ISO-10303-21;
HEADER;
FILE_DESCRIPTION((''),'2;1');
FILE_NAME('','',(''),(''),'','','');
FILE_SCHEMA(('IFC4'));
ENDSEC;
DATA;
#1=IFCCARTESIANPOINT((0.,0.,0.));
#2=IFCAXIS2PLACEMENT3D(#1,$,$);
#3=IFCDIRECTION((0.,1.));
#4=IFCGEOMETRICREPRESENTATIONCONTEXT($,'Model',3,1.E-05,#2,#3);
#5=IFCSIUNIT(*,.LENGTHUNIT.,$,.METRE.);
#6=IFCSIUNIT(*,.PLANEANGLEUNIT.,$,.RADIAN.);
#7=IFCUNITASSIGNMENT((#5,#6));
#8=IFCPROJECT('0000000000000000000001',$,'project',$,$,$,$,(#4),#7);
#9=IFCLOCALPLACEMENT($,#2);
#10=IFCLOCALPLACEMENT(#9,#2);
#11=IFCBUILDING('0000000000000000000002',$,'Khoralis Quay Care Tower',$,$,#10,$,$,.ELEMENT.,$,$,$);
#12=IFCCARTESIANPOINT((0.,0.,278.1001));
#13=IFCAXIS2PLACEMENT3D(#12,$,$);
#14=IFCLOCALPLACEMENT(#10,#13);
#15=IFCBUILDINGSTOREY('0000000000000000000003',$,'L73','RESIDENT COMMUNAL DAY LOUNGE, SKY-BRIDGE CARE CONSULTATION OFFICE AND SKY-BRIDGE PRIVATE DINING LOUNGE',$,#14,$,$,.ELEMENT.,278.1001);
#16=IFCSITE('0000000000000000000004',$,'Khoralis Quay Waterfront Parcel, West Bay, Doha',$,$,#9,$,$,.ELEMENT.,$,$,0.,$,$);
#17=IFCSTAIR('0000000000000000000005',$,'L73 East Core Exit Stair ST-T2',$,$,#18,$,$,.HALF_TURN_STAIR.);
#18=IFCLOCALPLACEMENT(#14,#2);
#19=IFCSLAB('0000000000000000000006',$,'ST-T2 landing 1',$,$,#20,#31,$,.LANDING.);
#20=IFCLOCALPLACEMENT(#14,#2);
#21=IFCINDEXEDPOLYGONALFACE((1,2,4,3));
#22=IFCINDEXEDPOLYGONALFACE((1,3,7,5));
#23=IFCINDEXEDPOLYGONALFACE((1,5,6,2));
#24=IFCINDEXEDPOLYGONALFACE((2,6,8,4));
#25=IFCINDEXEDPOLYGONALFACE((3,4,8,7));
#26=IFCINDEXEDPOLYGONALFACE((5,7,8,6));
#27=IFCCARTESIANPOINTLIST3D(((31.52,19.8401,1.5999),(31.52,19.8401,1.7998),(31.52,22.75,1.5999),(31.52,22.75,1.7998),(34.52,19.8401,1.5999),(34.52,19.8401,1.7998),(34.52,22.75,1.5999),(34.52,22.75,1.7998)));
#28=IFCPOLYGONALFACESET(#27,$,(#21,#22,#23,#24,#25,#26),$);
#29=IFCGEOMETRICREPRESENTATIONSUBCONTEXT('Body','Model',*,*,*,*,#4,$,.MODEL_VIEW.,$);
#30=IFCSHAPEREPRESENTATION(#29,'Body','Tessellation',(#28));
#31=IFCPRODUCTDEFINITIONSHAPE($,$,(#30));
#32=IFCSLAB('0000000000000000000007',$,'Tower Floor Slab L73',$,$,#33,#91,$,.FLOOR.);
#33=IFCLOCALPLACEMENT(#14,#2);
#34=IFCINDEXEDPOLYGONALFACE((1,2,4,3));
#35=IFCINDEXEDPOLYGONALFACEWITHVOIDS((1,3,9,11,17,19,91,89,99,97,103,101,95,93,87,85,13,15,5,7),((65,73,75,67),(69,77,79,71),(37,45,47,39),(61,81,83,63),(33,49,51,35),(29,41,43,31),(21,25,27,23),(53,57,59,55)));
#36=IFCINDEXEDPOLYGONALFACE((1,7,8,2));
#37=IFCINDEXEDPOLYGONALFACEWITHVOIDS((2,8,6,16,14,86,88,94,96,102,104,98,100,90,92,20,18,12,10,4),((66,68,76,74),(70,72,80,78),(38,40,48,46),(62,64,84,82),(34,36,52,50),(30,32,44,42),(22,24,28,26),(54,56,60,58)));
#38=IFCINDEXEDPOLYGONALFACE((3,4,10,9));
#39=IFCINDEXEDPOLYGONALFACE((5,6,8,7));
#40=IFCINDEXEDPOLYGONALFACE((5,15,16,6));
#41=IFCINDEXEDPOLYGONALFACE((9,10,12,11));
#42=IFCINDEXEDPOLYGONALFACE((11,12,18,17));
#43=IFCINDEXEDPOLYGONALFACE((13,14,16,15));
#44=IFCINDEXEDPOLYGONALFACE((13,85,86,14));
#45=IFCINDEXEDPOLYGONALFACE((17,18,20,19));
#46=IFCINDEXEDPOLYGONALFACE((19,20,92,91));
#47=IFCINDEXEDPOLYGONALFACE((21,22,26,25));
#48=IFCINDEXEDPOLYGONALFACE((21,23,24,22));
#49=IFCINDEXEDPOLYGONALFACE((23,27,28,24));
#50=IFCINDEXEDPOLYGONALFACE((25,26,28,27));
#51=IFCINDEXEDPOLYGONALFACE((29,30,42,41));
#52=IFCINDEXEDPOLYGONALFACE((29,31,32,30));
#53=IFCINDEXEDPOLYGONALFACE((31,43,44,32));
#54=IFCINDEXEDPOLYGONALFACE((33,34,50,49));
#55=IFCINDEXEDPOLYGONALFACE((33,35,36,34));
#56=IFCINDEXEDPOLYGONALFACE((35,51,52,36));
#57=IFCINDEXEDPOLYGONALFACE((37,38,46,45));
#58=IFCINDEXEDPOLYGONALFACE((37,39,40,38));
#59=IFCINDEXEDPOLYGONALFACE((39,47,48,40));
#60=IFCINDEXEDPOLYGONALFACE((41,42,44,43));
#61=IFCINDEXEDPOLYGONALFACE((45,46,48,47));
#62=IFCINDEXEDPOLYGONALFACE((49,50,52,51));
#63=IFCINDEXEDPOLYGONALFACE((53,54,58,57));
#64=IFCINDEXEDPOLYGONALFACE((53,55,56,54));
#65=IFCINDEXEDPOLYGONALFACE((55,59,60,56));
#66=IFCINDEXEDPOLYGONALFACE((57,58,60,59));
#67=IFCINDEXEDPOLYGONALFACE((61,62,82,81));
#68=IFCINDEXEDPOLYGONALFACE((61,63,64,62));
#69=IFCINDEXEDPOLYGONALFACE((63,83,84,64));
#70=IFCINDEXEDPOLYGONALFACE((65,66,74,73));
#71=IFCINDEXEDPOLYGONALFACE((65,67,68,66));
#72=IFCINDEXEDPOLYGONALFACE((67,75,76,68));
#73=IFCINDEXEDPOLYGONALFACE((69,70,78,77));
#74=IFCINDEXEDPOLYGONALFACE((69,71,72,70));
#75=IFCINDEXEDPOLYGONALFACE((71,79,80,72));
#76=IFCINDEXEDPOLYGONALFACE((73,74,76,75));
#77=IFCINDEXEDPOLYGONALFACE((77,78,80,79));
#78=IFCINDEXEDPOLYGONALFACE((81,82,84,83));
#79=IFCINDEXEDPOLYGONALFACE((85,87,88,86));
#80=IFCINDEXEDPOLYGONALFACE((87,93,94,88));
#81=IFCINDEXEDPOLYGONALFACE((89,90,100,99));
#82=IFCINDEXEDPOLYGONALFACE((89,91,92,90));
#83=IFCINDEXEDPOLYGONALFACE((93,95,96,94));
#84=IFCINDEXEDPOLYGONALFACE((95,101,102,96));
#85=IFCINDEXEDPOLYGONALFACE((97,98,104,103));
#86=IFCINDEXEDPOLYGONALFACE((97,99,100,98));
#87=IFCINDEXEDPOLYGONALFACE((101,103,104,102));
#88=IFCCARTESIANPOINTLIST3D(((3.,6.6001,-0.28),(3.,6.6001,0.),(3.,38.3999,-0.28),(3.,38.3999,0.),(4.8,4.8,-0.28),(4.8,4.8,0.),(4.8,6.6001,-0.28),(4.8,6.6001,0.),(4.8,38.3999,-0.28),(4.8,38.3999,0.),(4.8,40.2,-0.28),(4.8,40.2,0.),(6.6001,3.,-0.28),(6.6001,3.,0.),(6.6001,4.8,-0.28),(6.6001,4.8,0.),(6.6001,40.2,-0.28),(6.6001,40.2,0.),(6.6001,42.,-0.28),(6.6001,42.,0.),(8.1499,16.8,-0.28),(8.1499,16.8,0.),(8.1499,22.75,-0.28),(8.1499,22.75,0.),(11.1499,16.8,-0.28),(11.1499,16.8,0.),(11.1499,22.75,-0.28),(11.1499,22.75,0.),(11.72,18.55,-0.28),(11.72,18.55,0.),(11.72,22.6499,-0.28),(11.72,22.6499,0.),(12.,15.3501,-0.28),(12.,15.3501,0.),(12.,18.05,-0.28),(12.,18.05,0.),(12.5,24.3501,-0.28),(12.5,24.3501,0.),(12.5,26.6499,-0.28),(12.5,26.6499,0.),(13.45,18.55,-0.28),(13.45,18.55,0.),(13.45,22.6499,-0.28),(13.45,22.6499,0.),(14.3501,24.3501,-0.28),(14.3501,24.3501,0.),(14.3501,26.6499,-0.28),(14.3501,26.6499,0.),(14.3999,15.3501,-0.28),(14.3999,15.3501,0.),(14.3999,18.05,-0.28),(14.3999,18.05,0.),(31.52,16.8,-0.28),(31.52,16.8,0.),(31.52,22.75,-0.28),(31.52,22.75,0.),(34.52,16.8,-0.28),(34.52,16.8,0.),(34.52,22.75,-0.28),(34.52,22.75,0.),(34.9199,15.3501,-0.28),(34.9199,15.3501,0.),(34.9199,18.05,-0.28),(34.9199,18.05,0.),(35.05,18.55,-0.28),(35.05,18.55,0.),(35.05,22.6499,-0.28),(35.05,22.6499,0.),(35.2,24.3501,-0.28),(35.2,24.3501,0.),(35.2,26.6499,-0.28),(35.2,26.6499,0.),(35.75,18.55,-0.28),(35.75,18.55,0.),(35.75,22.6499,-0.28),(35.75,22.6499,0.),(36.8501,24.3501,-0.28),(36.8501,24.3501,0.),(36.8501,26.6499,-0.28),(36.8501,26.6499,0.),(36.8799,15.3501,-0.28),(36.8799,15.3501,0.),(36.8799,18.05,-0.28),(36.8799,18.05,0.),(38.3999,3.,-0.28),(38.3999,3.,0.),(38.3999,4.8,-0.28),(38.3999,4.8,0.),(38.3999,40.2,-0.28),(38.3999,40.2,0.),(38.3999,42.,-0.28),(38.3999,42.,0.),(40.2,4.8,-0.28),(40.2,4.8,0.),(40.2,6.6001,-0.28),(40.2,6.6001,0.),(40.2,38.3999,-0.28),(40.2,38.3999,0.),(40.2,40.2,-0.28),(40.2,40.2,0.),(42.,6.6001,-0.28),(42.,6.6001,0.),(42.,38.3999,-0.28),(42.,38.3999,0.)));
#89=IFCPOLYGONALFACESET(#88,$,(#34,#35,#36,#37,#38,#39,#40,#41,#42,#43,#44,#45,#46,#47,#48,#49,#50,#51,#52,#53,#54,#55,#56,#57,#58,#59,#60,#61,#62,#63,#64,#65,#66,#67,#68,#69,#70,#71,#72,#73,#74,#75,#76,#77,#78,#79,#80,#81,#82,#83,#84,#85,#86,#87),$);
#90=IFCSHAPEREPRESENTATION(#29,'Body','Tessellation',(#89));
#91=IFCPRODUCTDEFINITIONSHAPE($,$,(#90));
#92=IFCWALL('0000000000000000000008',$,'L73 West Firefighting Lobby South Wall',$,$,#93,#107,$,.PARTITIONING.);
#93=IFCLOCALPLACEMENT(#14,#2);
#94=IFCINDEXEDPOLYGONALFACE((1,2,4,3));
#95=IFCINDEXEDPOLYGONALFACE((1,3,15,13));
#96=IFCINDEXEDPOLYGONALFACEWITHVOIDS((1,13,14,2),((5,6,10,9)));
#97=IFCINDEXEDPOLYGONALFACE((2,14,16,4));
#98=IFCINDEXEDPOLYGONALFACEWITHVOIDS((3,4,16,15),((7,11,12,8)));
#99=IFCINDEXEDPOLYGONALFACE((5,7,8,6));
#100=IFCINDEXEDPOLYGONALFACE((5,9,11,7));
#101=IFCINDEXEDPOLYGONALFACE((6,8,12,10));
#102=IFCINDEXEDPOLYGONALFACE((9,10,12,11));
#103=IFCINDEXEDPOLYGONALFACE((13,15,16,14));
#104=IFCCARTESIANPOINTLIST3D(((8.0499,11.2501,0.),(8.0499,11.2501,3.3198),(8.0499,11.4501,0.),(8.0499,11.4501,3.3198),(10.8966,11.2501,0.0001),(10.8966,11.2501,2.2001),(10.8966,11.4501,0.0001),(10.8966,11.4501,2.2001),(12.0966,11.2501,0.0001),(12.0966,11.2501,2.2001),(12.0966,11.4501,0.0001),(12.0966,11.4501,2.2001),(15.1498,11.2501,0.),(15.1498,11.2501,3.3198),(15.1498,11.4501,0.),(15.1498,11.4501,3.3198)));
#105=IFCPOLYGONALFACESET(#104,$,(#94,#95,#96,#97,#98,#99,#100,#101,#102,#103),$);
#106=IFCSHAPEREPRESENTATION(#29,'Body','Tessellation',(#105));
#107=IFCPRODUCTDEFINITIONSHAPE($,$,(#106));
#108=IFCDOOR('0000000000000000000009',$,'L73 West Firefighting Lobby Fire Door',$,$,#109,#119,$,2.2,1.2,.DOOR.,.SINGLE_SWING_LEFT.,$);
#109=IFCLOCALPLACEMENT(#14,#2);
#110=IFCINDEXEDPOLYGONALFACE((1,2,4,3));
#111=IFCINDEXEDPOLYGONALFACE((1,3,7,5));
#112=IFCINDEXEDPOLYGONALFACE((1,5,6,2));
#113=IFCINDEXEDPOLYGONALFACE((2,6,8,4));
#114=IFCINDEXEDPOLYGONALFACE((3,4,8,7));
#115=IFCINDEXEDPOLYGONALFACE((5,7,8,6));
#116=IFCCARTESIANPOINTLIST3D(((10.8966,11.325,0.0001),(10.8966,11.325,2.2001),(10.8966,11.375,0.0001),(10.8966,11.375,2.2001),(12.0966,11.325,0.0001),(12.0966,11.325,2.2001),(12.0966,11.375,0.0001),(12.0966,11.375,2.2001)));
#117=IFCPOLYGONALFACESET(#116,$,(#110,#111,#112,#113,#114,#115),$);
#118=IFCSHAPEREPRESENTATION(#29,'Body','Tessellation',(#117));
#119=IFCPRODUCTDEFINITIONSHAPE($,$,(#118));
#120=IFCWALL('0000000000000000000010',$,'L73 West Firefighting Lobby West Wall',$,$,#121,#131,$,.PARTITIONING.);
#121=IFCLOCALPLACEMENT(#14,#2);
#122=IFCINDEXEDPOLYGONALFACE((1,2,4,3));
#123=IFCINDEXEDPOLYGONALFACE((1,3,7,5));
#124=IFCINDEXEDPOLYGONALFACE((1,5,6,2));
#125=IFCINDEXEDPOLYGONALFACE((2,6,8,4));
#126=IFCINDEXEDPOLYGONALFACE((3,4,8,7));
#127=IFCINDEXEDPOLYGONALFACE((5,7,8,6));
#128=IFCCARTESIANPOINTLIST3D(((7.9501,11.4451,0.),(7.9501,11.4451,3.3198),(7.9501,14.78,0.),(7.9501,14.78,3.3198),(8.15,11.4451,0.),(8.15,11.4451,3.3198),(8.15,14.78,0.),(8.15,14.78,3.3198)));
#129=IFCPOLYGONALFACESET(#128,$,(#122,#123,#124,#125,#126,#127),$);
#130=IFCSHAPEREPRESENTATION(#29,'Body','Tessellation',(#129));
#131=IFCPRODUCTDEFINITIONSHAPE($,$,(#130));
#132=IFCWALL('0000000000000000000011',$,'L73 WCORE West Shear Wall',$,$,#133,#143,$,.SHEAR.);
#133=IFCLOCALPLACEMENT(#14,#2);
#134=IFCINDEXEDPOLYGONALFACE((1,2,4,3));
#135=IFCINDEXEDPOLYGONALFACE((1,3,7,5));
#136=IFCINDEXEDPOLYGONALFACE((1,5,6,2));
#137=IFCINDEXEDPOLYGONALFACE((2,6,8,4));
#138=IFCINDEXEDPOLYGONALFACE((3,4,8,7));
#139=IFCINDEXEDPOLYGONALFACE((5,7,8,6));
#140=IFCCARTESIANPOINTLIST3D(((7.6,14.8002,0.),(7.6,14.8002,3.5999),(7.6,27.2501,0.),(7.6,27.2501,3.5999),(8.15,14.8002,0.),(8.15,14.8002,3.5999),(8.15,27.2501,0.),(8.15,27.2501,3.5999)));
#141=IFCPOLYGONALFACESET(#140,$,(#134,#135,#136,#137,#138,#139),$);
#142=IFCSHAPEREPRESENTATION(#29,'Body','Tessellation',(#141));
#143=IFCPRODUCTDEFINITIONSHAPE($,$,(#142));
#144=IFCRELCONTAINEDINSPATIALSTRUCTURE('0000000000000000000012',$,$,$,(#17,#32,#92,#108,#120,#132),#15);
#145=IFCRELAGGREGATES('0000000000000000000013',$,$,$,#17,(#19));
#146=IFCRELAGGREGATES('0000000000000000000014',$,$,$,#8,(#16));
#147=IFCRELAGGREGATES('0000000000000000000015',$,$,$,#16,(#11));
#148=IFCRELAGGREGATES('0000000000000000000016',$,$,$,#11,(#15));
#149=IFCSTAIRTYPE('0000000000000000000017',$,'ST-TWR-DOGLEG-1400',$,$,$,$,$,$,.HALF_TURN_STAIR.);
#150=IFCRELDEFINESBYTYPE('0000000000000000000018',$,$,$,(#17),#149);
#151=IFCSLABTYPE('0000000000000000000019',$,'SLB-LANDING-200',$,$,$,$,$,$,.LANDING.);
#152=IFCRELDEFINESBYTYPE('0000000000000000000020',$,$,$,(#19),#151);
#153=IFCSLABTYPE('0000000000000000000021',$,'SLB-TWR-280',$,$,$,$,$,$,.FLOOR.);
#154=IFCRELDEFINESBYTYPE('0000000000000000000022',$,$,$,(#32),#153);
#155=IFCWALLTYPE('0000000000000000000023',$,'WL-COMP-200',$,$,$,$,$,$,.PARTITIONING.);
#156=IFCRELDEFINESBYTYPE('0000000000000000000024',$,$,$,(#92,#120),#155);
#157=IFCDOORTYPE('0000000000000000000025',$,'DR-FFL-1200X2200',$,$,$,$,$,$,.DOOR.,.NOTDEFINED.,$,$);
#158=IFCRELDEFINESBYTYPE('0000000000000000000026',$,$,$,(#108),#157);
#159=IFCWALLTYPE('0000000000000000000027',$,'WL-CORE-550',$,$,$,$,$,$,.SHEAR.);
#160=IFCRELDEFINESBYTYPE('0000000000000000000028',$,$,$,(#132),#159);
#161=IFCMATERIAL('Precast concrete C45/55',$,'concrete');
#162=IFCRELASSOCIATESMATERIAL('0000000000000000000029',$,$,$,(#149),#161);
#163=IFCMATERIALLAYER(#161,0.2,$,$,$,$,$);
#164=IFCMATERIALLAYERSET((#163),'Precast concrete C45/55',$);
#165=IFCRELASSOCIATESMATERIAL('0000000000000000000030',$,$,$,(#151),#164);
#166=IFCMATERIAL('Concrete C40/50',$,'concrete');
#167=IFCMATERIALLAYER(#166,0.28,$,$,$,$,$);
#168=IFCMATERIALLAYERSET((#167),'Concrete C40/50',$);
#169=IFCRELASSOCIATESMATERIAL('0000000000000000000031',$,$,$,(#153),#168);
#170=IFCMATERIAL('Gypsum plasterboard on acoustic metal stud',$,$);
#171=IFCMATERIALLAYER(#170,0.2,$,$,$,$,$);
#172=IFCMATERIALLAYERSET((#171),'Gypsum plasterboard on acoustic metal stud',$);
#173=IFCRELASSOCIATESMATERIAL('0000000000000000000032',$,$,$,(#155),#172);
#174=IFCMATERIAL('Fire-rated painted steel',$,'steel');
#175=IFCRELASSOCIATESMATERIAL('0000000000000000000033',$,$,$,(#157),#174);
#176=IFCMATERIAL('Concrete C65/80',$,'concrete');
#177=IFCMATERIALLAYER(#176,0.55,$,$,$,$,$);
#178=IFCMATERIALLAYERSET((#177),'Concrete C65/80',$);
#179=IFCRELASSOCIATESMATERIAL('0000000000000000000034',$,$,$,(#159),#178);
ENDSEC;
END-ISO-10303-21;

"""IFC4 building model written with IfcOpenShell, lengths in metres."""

from ifc_helpers import new_model, si_unit, direction, frame, frame_2d, origin, place, context, subcontext, project, spatial, polyline, rectangle, outline, extrude, source, transform, mapped, material, layer, layer_set, type_object, element, fill, aggregate, save


model = new_model("IFC4")

# Units and contexts
model_context = context("Model", 3, precision=1e-05, world=origin(), true_north=direction((0.0, 1.0)))
body_context = subcontext(model_context, "Body", "Model", "MODEL_VIEW")
ifc_project = project(units=[si_unit("LENGTHUNIT", "METRE"), si_unit("PLANEANGLEUNIT", "RADIAN")], contexts=[model_context])

# Site, building, storey
site_placement = place(None, origin())
site = spatial("IfcSite", under=ifc_project, at=site_placement, Name="Khoralis Quay Waterfront Parcel, West Bay, Doha", CompositionType="ELEMENT", RefElevation=0.0)
building_placement = place(site_placement, origin())
building = spatial("IfcBuilding", under=site, at=building_placement, Name="Khoralis Quay Care Tower", CompositionType="ELEMENT")
storey_placement = place(building_placement, frame((0.0, 0.0, 278.1001)))
storey = spatial("IfcBuildingStorey", under=building, at=storey_placement, Name="L73", Description="RESIDENT COMMUNAL DAY LOUNGE, SKY-BRIDGE CARE CONSULTATION OFFICE AND SKY-BRIDGE PRIVATE DINING LOUNGE", CompositionType="ELEMENT", Elevation=278.1001)

# Stair, slab
ifc_material_1 = material(Name="Precast concrete C45/55", Category="concrete")
stair_type = type_object("IfcStairType", Name="ST-TWR-DOGLEG-1400", PredefinedType="HALF_TURN_STAIR", material=ifc_material_1)
ifc_layer_1 = layer(ifc_material_1, 0.2)
ifc_layer_set_1 = layer_set([ifc_layer_1], Name="Precast concrete C45/55")
slab_type_1 = type_object("IfcSlabType", Name="SLB-LANDING-200", PredefinedType="LANDING", material=ifc_layer_set_1)
stair_1_placement = place(storey_placement, origin())
stair_1 = element("IfcStair", 1, at=stair_1_placement, inside=storey, type_object=stair_type, Name="L73 East Core Exit Stair ST-T2", PredefinedType="HALF_TURN_STAIR")
slab_1_placement = place(storey_placement, frame((0.0, 0.0, 1.5999)))
slab_1 = element("IfcSlab", 2, at=slab_1_placement, type_object=slab_type_1, Name="ST-T2 landing 1", PredefinedType="LANDING", context=body_context, shape_type="SweptSolid", body=[
    extrude(outline(polyline([(34.52, 19.8401), (34.52, 22.75), (31.52, 22.75), (31.52, 19.8401), (34.52, 19.8401)])), origin(), (0.0, 0.0, 1.0), 0.2),
])
aggregate(stair_1, [slab_1])

# Slab
ifc_material_2 = material(Name="Concrete C40/50", Category="concrete")
ifc_layer_2 = layer(ifc_material_2, 0.28)
ifc_layer_set_2 = layer_set([ifc_layer_2], Name="Concrete C40/50")
slab_type_2 = type_object("IfcSlabType", Name="SLB-TWR-280", PredefinedType="FLOOR", material=ifc_layer_set_2)
slab_2_placement = place(storey_placement, frame((0.0, 0.0, -0.28)))
element("IfcSlab", 3, at=slab_2_placement, inside=storey, type_object=slab_type_2, Name="Tower Floor Slab L73", PredefinedType="FLOOR", context=body_context, shape_type="SweptSolid", body=[
    extrude(outline(polyline([(6.6001, 3.0), (38.3999, 3.0), (38.3999, 4.8), (40.2, 4.8), (40.2, 6.6001), (42.0, 6.6001), (42.0, 38.3999), (40.2, 38.3999), (40.2, 40.2), (38.3999, 40.2), (38.3999, 42.0), (6.6001, 42.0), (6.6001, 40.2), (4.8, 40.2), (4.8, 38.3999), (3.0, 38.3999), (3.0, 6.6001), (4.8, 6.6001), (4.8, 4.8), (6.6001, 4.8), (6.6001, 3.0)]), holes=[polyline([(11.1499, 16.8), (11.1499, 22.75), (8.1499, 22.75), (8.1499, 16.8), (11.1499, 16.8)]), polyline([(34.52, 16.8), (34.52, 22.75), (31.52, 22.75), (31.52, 16.8), (34.52, 16.8)]), polyline([(12.0, 15.3501), (14.3999, 15.3501), (14.3999, 18.05), (12.0, 18.05), (12.0, 15.3501)]), polyline([(34.9199, 15.3501), (36.8799, 15.3501), (36.8799, 18.05), (34.9199, 18.05), (34.9199, 15.3501)]), polyline([(12.5, 24.3501), (14.3501, 24.3501), (14.3501, 26.6499), (12.5, 26.6499), (12.5, 24.3501)]), polyline([(35.2, 24.3501), (36.8501, 24.3501), (36.8501, 26.6499), (35.2, 26.6499), (35.2, 24.3501)]), polyline([(11.72, 18.55), (13.45, 18.55), (13.45, 22.6499), (11.72, 22.6499), (11.72, 18.55)]), polyline([(35.05, 18.55), (35.75, 18.55), (35.75, 22.6499), (35.05, 22.6499), (35.05, 18.55)])]), origin(), (0.0, 0.0, 1.0), 0.28),
])

# Wall, opening, door
ifc_material_3 = material(Name="Gypsum plasterboard on acoustic metal stud")
ifc_layer_3 = layer(ifc_material_3, 0.2)
ifc_layer_set_3 = layer_set([ifc_layer_3], Name="Gypsum plasterboard on acoustic metal stud")
wall_type_1 = type_object("IfcWallType", Name="WL-COMP-200", PredefinedType="PARTITIONING", material=ifc_layer_set_3)
wall_1_placement = place(storey_placement, frame((8.05, 11.3501, 0.0), z_axis=(0.0, 0.0, 1.0), x_axis=(1.0, 0.0, 0.0)))
wall_1 = element("IfcWall", 4, at=wall_1_placement, inside=storey, type_object=wall_type_1, Name="L73 West Firefighting Lobby South Wall", PredefinedType="PARTITIONING", context=body_context, shape_type="SweptSolid", body=[
    extrude(rectangle(XDim=7.0999, YDim=0.2, at=frame_2d((3.5498, 0.0))), origin(), (0.0, 0.0, 1.0), 3.3198),
])
opening_1_placement = place(wall_1_placement, frame((2.8464, 0.0, 0.0)))
opening_1 = element("IfcOpeningElement", 5, at=opening_1_placement, cuts=wall_1, PredefinedType="OPENING", context=body_context, shape_type="SweptSolid", body=[
    extrude(rectangle(XDim=1.2, YDim=2.2, at=frame_2d((0.6001, 1.1001))), frame((0.0, 0.1099, 0.0), z_axis=(0.0, -1.0, 0.0), x_axis=(1.0, 0.0, 0.0)), (0.0, 0.0, 1.0), 0.22),
])
ifc_material_4 = material(Name="Fire-rated painted steel", Category="steel")
door_type_1 = type_object("IfcDoorType", Name="DR-FFL-1200X2200", OperationType="NOTDEFINED", PredefinedType="DOOR", material=ifc_material_4)
shared_shape_1 = source(origin(), body_context, "Body", "SweptSolid", [
    extrude(rectangle(XDim=1.2, YDim=2.2, at=frame_2d((0.6001, 1.1001))), frame((0.0, 0.0249, 0.0), z_axis=(0.0, -1.0, 0.0), x_axis=(1.0, 0.0, 0.0)), (0.0, 0.0, 1.0), 0.05),
])
door_1_placement = place(opening_1_placement, origin())
door_1 = element("IfcDoor", 6, at=door_1_placement, inside=storey, type_object=door_type_1, Name="L73 West Firefighting Lobby Fire Door", OperationType="SINGLE_SWING_LEFT", OverallHeight=2.2, OverallWidth=1.2, PredefinedType="DOOR", context=body_context, shape_type="MappedRepresentation", body=[
    mapped(shared_shape_1, transform((0.0, 0.0, 0.0), scale=1.0)),
])
fill(opening_1, door_1)

# Walls
wall_2_placement = place(storey_placement, frame((8.05, 11.4451, 0.0), z_axis=(0.0, 0.0, 1.0), x_axis=(0.0, 1.0, 0.0)))
element("IfcWall", 7, at=wall_2_placement, inside=storey, type_object=wall_type_1, Name="L73 West Firefighting Lobby West Wall", PredefinedType="PARTITIONING", context=body_context, shape_type="SweptSolid", body=[
    extrude(rectangle(XDim=3.335, YDim=0.2, at=frame_2d((1.6675, 0.0))), origin(), (0.0, 0.0, 1.0), 3.3198),
])
ifc_material_5 = material(Name="Concrete C65/80", Category="concrete")
ifc_layer_4 = layer(ifc_material_5, 0.55)
ifc_layer_set_4 = layer_set([ifc_layer_4], Name="Concrete C65/80")
wall_type_2 = type_object("IfcWallType", Name="WL-CORE-550", PredefinedType="SHEAR", material=ifc_layer_set_4)
wall_3_placement = place(storey_placement, frame((7.875, 14.8, 0.0), z_axis=(0.0, 0.0, 1.0), x_axis=(0.0, 1.0, 0.0)))
element("IfcWall", 8, at=wall_3_placement, inside=storey, type_object=wall_type_2, Name="L73 WCORE West Shear Wall", PredefinedType="SHEAR", context=body_context, shape_type="SweptSolid", body=[
    extrude(rectangle(XDim=12.45, YDim=0.55, at=frame_2d((6.2251, 0.0))), origin(), (0.0, 0.0, 1.0), 3.5999),
])

save(model, "model.ifc")
